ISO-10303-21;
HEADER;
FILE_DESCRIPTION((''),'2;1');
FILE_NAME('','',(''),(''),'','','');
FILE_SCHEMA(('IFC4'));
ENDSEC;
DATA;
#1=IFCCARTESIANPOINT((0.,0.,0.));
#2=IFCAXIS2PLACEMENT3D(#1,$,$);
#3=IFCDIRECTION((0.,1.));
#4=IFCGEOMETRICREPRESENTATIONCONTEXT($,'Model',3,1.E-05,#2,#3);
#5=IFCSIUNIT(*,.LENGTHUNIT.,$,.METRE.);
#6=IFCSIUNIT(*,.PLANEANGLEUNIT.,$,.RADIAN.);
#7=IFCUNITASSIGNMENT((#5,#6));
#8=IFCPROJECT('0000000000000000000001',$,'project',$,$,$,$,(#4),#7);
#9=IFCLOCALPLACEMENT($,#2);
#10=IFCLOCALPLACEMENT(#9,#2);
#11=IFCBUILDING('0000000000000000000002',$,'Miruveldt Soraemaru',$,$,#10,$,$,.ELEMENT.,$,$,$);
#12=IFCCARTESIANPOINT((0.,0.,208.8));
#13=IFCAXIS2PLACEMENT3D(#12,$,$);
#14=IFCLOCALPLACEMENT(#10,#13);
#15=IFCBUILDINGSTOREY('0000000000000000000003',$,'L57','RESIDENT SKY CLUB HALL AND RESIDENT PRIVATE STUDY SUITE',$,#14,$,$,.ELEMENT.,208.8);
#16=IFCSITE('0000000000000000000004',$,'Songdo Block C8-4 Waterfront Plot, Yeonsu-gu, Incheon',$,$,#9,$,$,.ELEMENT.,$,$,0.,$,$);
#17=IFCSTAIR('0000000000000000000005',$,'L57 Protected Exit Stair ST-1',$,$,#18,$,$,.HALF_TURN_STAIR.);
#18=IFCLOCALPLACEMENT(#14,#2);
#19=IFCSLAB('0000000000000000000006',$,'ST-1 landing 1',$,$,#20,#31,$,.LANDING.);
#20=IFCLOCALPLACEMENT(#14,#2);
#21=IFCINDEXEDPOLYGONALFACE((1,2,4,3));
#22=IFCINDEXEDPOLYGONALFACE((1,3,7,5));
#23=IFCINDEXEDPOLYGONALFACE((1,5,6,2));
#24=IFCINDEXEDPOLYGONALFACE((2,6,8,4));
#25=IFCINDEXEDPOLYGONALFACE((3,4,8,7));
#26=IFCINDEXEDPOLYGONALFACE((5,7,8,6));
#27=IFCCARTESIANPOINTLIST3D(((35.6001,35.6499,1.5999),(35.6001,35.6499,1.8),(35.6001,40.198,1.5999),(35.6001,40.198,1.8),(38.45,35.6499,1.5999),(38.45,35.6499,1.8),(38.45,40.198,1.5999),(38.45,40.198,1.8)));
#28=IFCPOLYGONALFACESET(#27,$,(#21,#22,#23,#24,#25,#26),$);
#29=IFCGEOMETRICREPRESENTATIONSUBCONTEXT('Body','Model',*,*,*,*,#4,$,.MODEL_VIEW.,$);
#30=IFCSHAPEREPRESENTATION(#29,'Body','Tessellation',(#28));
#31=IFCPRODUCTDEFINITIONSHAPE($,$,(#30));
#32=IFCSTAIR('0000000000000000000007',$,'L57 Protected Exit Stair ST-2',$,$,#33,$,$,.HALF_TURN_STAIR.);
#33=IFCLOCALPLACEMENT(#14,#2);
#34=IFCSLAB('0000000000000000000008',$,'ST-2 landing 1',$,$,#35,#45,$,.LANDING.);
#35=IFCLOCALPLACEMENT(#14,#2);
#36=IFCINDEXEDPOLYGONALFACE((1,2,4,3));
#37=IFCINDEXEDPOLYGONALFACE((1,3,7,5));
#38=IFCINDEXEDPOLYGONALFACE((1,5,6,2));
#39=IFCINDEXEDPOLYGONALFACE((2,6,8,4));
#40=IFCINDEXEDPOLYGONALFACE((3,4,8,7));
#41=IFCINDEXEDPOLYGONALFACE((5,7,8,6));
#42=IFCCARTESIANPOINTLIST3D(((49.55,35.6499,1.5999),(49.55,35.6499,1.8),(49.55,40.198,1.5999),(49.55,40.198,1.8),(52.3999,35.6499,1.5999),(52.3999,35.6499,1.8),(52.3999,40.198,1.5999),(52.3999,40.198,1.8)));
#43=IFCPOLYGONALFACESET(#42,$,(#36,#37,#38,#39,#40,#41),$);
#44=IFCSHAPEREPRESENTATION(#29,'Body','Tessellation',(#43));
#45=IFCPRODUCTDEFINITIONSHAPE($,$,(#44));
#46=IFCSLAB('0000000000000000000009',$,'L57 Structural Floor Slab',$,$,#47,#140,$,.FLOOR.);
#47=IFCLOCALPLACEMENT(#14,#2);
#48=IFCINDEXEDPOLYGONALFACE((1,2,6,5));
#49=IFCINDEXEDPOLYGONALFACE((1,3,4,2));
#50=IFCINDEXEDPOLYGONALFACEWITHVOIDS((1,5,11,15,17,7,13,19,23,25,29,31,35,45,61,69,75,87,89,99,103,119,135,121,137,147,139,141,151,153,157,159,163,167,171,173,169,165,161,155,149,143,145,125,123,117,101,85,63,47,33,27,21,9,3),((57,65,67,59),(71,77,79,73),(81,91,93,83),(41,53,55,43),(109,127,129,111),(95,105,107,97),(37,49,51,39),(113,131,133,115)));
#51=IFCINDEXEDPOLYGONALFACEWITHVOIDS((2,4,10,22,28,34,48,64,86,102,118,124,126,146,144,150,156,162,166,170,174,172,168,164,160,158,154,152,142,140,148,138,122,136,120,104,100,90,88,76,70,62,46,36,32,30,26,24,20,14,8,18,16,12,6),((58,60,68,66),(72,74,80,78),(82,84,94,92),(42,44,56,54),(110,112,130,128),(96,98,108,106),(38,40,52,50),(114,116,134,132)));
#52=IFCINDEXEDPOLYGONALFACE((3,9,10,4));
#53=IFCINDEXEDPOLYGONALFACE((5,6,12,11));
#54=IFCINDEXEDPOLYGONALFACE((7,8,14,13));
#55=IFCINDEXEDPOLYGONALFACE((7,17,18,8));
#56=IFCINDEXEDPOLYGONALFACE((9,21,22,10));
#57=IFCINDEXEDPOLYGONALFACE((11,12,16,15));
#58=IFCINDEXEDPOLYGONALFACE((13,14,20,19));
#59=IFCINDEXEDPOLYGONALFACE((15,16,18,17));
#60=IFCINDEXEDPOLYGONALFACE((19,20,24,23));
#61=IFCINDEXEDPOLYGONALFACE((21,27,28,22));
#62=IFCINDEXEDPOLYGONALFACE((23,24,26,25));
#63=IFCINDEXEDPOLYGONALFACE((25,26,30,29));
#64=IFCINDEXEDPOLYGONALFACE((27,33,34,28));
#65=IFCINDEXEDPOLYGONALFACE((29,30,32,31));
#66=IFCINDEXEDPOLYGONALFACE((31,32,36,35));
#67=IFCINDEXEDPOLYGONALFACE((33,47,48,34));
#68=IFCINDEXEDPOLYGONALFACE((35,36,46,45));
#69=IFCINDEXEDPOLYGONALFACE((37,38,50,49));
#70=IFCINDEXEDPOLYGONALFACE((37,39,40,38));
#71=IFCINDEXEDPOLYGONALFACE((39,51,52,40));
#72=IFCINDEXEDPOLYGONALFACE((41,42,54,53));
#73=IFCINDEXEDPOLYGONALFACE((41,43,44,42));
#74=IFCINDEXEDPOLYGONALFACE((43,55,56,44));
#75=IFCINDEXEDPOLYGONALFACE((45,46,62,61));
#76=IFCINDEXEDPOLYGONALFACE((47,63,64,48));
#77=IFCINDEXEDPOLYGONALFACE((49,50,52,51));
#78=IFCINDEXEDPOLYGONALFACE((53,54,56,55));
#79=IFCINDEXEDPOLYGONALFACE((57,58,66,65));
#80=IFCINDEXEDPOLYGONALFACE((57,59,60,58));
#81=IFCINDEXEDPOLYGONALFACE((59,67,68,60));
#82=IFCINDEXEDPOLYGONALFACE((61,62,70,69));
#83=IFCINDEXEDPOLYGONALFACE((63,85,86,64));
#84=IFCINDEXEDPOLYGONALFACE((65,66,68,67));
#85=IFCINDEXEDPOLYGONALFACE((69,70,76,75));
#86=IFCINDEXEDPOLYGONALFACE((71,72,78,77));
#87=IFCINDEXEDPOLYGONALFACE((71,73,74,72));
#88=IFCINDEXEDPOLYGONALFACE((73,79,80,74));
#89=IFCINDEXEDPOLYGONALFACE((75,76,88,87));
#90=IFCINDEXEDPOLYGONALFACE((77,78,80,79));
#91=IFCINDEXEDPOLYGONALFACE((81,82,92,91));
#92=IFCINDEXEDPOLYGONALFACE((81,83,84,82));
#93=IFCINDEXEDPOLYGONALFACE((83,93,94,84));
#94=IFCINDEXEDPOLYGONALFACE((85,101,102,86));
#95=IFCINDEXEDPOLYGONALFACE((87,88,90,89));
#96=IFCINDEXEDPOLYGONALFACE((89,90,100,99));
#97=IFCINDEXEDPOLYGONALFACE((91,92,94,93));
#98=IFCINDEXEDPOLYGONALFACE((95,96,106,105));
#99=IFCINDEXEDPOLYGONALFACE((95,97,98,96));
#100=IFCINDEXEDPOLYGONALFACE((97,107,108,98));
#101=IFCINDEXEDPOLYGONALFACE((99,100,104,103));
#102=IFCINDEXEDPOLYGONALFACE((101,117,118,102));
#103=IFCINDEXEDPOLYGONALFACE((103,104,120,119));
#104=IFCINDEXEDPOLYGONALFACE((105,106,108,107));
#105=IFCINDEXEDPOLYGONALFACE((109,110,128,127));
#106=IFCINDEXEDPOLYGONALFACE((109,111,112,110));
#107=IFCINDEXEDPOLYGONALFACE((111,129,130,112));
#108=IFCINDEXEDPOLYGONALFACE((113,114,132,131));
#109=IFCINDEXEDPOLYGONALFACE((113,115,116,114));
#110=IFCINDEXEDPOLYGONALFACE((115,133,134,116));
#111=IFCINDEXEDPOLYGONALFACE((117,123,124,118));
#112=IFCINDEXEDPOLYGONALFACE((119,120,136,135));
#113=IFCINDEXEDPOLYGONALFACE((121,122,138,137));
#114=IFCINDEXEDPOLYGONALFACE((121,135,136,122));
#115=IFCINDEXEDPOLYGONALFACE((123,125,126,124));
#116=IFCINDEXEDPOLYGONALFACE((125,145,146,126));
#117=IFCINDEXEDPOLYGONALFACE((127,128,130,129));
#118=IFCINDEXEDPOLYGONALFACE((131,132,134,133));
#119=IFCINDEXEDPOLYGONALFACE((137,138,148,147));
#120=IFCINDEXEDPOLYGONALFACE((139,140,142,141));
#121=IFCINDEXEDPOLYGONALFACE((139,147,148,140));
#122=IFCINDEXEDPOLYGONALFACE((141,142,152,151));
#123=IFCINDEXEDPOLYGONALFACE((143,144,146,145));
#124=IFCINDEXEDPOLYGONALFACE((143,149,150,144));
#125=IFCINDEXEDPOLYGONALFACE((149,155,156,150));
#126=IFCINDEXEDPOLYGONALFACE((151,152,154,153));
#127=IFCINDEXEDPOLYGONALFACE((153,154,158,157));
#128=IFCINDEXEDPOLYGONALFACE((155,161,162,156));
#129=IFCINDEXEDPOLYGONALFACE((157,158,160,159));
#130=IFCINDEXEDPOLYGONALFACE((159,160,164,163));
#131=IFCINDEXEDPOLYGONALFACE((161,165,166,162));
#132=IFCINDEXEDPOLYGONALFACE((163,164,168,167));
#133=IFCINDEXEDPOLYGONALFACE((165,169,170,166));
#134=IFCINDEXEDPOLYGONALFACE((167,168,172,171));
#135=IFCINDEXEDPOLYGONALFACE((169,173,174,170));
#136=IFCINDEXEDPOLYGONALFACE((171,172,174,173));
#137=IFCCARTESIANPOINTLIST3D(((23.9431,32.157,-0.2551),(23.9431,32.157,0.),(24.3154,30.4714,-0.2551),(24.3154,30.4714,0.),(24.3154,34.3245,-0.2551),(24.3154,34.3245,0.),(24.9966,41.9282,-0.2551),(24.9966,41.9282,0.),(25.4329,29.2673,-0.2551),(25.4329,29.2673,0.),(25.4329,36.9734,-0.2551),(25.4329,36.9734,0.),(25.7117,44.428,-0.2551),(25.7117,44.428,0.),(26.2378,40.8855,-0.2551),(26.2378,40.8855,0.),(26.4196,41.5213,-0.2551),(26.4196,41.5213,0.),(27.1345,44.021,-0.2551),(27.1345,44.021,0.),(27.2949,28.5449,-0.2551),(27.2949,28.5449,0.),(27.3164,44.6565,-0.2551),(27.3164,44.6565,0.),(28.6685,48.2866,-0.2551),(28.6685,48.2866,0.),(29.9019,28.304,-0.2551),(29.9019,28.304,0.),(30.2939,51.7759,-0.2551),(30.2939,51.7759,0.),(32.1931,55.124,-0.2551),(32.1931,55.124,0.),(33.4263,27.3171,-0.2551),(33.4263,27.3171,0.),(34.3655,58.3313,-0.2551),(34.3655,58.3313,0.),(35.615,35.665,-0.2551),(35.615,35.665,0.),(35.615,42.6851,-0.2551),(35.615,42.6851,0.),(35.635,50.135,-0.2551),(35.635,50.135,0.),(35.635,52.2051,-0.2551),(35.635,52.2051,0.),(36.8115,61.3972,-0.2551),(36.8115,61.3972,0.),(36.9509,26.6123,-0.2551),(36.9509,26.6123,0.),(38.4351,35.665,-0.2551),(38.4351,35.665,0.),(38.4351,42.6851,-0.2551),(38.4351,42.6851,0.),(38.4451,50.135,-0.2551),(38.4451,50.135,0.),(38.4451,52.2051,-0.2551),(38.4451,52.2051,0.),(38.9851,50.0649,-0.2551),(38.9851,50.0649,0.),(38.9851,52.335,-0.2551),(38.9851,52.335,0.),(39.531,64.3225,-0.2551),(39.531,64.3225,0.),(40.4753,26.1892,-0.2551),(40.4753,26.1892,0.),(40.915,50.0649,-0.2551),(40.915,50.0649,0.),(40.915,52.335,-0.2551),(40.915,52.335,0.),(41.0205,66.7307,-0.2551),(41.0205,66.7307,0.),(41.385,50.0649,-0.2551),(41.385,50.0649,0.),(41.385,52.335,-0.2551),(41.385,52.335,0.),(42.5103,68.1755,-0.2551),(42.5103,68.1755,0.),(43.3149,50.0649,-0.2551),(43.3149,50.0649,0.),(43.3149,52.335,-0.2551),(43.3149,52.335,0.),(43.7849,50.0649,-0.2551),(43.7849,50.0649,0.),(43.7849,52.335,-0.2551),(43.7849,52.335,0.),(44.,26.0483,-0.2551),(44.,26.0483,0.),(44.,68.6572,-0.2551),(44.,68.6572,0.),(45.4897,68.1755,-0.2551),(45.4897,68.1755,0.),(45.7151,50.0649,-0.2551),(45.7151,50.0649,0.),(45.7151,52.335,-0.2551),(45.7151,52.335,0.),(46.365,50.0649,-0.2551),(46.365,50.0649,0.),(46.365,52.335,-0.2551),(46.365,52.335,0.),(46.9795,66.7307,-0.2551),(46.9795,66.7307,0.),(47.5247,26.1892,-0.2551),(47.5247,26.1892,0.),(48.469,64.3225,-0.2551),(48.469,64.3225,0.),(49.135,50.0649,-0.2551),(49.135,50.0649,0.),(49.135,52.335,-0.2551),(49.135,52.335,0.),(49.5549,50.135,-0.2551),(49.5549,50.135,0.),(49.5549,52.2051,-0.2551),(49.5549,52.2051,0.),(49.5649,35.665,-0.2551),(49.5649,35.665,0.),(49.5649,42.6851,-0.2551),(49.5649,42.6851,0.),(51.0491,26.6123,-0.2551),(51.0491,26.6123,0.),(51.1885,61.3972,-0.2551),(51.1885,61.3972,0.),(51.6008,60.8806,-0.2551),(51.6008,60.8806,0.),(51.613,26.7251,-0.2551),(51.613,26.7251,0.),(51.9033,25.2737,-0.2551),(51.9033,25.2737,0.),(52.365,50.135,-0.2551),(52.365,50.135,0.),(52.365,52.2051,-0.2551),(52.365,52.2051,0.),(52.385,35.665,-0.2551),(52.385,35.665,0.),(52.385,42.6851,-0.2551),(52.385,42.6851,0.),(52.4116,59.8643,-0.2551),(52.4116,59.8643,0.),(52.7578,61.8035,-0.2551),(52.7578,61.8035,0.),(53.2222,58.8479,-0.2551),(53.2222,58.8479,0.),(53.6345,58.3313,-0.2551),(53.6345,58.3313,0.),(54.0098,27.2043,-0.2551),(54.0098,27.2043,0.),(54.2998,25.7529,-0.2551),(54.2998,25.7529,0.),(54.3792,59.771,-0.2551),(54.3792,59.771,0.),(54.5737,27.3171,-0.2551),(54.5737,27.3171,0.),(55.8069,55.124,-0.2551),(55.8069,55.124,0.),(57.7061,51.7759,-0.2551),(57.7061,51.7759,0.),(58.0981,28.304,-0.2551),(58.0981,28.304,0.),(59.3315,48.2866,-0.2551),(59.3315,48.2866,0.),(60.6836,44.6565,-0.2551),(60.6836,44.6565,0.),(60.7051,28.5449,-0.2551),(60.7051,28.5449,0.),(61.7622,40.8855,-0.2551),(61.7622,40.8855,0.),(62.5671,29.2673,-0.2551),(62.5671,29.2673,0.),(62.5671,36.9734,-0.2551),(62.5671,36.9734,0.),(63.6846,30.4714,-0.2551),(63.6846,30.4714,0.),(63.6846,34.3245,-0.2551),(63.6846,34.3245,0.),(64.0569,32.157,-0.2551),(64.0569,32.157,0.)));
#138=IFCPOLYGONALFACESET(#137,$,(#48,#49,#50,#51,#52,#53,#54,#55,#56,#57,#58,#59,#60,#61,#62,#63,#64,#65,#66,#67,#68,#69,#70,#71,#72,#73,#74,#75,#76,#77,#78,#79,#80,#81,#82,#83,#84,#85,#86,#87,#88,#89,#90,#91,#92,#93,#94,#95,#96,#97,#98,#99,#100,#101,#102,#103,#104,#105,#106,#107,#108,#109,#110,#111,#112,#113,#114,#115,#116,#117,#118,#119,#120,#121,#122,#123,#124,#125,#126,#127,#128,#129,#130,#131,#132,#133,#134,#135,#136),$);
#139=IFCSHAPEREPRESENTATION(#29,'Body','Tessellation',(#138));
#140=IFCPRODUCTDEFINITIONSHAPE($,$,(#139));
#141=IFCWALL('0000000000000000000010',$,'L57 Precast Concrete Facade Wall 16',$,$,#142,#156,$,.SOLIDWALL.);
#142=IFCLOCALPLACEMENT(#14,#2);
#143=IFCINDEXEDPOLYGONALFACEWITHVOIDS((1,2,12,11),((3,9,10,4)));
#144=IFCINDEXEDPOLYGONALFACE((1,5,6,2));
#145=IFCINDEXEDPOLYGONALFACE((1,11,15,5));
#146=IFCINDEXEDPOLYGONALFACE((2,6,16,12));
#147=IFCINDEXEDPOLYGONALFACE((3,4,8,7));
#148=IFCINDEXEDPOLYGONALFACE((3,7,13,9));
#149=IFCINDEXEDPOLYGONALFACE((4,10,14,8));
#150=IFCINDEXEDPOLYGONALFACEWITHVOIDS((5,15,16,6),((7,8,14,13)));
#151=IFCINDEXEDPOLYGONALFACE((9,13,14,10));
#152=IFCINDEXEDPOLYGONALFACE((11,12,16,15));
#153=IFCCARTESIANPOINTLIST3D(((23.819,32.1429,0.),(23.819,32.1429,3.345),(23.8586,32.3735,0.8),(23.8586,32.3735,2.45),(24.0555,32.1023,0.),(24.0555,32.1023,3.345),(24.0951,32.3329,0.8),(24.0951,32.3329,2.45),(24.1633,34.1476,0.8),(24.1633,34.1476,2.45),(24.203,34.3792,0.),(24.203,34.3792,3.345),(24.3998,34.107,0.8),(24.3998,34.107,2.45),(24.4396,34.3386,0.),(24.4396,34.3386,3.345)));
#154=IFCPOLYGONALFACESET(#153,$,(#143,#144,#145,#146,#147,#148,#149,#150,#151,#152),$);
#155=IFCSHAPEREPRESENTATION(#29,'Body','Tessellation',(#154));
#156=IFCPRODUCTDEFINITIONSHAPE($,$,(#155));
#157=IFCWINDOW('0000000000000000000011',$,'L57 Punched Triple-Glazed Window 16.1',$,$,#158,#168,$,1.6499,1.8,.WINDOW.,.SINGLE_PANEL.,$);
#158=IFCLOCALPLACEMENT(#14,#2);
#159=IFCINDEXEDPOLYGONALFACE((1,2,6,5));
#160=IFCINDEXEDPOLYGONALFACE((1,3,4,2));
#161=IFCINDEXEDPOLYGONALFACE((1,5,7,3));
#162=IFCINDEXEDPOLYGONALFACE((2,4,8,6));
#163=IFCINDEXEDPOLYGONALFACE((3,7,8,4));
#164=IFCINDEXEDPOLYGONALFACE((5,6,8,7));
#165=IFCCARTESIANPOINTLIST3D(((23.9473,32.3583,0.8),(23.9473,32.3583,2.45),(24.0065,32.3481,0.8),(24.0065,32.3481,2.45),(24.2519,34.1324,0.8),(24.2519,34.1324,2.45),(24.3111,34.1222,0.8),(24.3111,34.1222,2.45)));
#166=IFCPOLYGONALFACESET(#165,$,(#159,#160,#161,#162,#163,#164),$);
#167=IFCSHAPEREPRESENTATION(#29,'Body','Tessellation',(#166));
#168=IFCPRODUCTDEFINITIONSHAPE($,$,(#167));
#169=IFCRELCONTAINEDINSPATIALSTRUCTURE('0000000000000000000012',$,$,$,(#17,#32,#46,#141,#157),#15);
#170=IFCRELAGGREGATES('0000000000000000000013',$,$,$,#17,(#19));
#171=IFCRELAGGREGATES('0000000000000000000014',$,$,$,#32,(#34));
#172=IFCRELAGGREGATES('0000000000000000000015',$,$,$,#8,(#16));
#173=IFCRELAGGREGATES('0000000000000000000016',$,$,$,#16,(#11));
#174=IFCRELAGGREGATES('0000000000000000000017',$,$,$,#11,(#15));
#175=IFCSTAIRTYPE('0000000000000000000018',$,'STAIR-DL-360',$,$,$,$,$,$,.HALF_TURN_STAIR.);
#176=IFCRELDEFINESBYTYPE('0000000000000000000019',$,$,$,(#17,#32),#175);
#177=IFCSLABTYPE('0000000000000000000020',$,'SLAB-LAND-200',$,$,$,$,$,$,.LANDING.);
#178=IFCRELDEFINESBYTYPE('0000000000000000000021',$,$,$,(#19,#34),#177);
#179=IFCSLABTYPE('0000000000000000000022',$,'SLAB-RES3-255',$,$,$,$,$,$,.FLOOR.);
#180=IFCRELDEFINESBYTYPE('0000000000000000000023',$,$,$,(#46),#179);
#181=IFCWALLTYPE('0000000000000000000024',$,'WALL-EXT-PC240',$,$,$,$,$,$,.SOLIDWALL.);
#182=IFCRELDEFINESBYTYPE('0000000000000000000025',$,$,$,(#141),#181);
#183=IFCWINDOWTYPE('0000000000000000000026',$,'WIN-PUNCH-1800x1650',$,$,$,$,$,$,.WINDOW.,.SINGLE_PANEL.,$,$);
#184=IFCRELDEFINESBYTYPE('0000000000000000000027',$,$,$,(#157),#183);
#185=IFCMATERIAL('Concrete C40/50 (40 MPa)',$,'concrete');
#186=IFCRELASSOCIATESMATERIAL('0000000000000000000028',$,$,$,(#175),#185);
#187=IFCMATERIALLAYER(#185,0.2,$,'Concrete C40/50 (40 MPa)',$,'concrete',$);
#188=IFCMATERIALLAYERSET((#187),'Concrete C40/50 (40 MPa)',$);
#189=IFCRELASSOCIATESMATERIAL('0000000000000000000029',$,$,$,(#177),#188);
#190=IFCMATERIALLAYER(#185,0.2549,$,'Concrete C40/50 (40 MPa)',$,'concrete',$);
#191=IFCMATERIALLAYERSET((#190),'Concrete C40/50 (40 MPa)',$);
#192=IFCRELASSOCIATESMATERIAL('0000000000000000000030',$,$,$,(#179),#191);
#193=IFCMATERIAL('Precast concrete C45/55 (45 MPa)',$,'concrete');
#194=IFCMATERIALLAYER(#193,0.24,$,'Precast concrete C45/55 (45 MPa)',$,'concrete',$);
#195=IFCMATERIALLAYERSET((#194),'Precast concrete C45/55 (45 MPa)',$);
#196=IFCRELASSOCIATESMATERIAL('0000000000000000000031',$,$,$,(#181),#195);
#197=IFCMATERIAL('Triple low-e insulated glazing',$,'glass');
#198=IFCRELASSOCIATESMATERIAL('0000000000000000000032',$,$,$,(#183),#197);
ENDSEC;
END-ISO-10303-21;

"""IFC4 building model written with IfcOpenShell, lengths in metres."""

from ifc_helpers import new_model, si_unit, direction, frame, frame_2d, origin, place, context, subcontext, project, spatial, polyline, rectangle, outline, extrude, material, layer, layer_set, type_object, element, fill, aggregate, save


model = new_model("IFC4")

# Units and contexts
model_context = context("Model", 3, precision=1e-05, world=origin(), true_north=direction((0.0, 1.0)))
body_context = subcontext(model_context, "Body", "Model", "MODEL_VIEW")
ifc_project = project(units=[si_unit("LENGTHUNIT", "METRE"), si_unit("PLANEANGLEUNIT", "RADIAN")], contexts=[model_context])

# Site, building, storey
site_placement = place(None, origin())
site = spatial("IfcSite", under=ifc_project, at=site_placement, Name="Songdo Block C8-4 Waterfront Plot, Yeonsu-gu, Incheon", CompositionType="ELEMENT", RefElevation=0.0)
building_placement = place(site_placement, origin())
building = spatial("IfcBuilding", under=site, at=building_placement, Name="Miruveldt Soraemaru", CompositionType="ELEMENT")
storey_placement = place(building_placement, frame((0.0, 0.0, 208.8)))
storey = spatial("IfcBuildingStorey", under=building, at=storey_placement, Name="L57", Description="RESIDENT SKY CLUB HALL AND RESIDENT PRIVATE STUDY SUITE", CompositionType="ELEMENT", Elevation=208.8)

# Stairs, slabs
ifc_material_1 = material(Name="Concrete C40/50 (40 MPa)", Category="concrete")
stair_type = type_object("IfcStairType", Name="STAIR-DL-360", PredefinedType="HALF_TURN_STAIR", material=ifc_material_1)
stair_1_placement = place(storey_placement, origin())
stair_1 = element("IfcStair", 1, at=stair_1_placement, inside=storey, type_object=stair_type, Name="L57 Protected Exit Stair ST-1", PredefinedType="HALF_TURN_STAIR")
ifc_layer_1 = layer(ifc_material_1, 0.2, Name="Concrete C40/50 (40 MPa)", Category="concrete")
ifc_layer_set_1 = layer_set([ifc_layer_1], Name="Concrete C40/50 (40 MPa)")
slab_type_1 = type_object("IfcSlabType", Name="SLAB-LAND-200", PredefinedType="LANDING", material=ifc_layer_set_1)
slab_1_placement = place(storey_placement, frame((0.0, 0.0, 1.5999)))
slab_1 = element("IfcSlab", 2, at=slab_1_placement, type_object=slab_type_1, Name="ST-1 landing 1", PredefinedType="LANDING", context=body_context, shape_type="SweptSolid", body=[
    extrude(outline(polyline([(35.6001, 40.198), (35.6001, 35.6499), (38.45, 35.6499), (38.45, 40.198), (35.6001, 40.198)])), origin(), (0.0, 0.0, 1.0), 0.2002),
])
aggregate(stair_1, [slab_1])
stair_2_placement = place(storey_placement, origin())
stair_2 = element("IfcStair", 3, at=stair_2_placement, inside=storey, type_object=stair_type, Name="L57 Protected Exit Stair ST-2", PredefinedType="HALF_TURN_STAIR")
slab_2_placement = place(storey_placement, frame((0.0, 0.0, 1.5999)))
slab_2 = element("IfcSlab", 4, at=slab_2_placement, type_object=slab_type_1, Name="ST-2 landing 1", PredefinedType="LANDING", context=body_context, shape_type="SweptSolid", body=[
    extrude(outline(polyline([(49.55, 40.198), (49.55, 35.6499), (52.3999, 35.6499), (52.3999, 40.198), (49.55, 40.198)])), origin(), (0.0, 0.0, 1.0), 0.2002),
])
aggregate(stair_2, [slab_2])

# Slab
ifc_layer_2 = layer(ifc_material_1, 0.2549, Name="Concrete C40/50 (40 MPa)", Category="concrete")
ifc_layer_set_2 = layer_set([ifc_layer_2], Name="Concrete C40/50 (40 MPa)")
slab_type_2 = type_object("IfcSlabType", Name="SLAB-RES3-255", PredefinedType="FLOOR", material=ifc_layer_set_2)
slab_3_placement = place(storey_placement, frame((0.0, 0.0, -0.2551)))
element("IfcSlab", 5, at=slab_3_placement, inside=storey, type_object=slab_type_2, Name="L57 Structural Floor Slab", PredefinedType="FLOOR", context=body_context, shape_type="SweptSolid", body=[
    extrude(outline(polyline([(51.9033, 25.2737), (51.613, 26.7251), (51.0491, 26.6123), (47.5247, 26.1892), (44.0, 26.0483), (40.4753, 26.1892), (36.9509, 26.6123), (33.4263, 27.3171), (29.9019, 28.304), (27.2949, 28.5449), (25.4329, 29.2673), (24.3154, 30.4714), (23.9431, 32.157), (24.3154, 34.3245), (25.4329, 36.9734), (26.2378, 40.8855), (26.7771, 42.771), (26.4197, 41.5212), (24.9966, 41.9282), (25.7117, 44.428), (27.1345, 44.021), (27.3164, 44.6565), (28.6685, 48.2866), (30.2939, 51.7759), (32.1931, 55.124), (34.3655, 58.3313), (36.8115, 61.3972), (39.531, 64.3225), (41.0205, 66.7307), (42.5103, 68.1755), (44.0, 68.6572), (45.4897, 68.1755), (46.9795, 66.7307), (48.469, 64.3225), (51.1885, 61.3972), (52.4116, 59.8643), (51.6008, 60.8806), (52.7578, 61.8035), (54.3792, 59.771), (53.2222, 58.8479), (53.6345, 58.3313), (55.8069, 55.124), (57.7061, 51.7759), (59.3315, 48.2866), (60.6836, 44.6565), (61.7622, 40.8855), (62.5671, 36.9734), (63.6846, 34.3245), (64.0569, 32.157), (63.6846, 30.4714), (62.5671, 29.2673), (60.7051, 28.5449), (58.0981, 28.304), (54.5737, 27.3171), (52.8113, 26.9646), (54.0098, 27.2043), (54.2998, 25.7529), (51.9033, 25.2737)]), holes=[polyline([(35.615, 35.665), (38.4351, 35.665), (38.4351, 42.6851), (35.615, 42.6851), (35.615, 35.665)]), polyline([(49.5649, 35.665), (52.385, 35.665), (52.385, 42.6851), (49.5649, 42.6851), (49.5649, 35.665)]), polyline([(38.4451, 50.135), (38.4451, 52.2051), (35.635, 52.2051), (35.635, 50.135), (38.4451, 50.135)]), polyline([(52.365, 50.135), (52.365, 52.2051), (49.5549, 52.2051), (49.5549, 50.135), (52.365, 50.135)]), polyline([(40.915, 50.0649), (40.915, 52.335), (38.9851, 52.335), (38.9851, 50.0649), (40.915, 50.0649)]), polyline([(43.3149, 50.0649), (43.3149, 52.335), (41.385, 52.335), (41.385, 50.0649), (43.3149, 50.0649)]), polyline([(45.7151, 50.0649), (45.7151, 52.335), (43.7849, 52.335), (43.7849, 50.0649), (45.7151, 50.0649)]), polyline([(49.135, 50.0649), (49.135, 52.335), (46.365, 52.335), (46.365, 50.0649), (49.135, 50.0649)])]), origin(), (0.0, 0.0, 1.0), 0.2551),
])

# Wall, opening, window
ifc_material_2 = material(Name="Precast concrete C45/55 (45 MPa)", Category="concrete")
ifc_layer_3 = layer(ifc_material_2, 0.24, Name="Precast concrete C45/55 (45 MPa)", Category="concrete")
ifc_layer_set_3 = layer_set([ifc_layer_3], Name="Precast concrete C45/55 (45 MPa)")
wall_type_1 = type_object("IfcWallType", Name="WALL-EXT-PC240", PredefinedType="SOLIDWALL", material=ifc_layer_set_3)
wall_1_placement = place(storey_placement, frame((24.3213, 34.3589, 0.0), z_axis=(0.0, 0.0, 1.0), x_axis=(-0.169248, -0.985574, 0.0)))
wall_1 = element("IfcWall", 6, at=wall_1_placement, inside=storey, type_object=wall_type_1, Name="L57 Precast Concrete Facade Wall 16", PredefinedType="SOLIDWALL", context=body_context, shape_type="SweptSolid", body=[
    extrude(rectangle(XDim=2.269, YDim=0.24, at=frame_2d((1.1345, 0.0))), origin(), (0.0, 0.0, 1.0), 3.345),
])
opening_1_placement = place(wall_1_placement, frame((0.2351, 0.0, 0.8)))
opening_1 = element("IfcOpeningElement", 7, at=opening_1_placement, cuts=wall_1, PredefinedType="OPENING", context=body_context, shape_type="SweptSolid", body=[
    extrude(rectangle(XDim=1.8, YDim=1.6499, at=frame_2d((0.8999, 0.825))), frame((0.0, 0.1299, 0.0), z_axis=(0.0, -1.0, 0.0), x_axis=(1.0, 0.0, 0.0)), (0.0, 0.0, 1.0), 0.26),
])
ifc_material_3 = material(Name="Triple low-e insulated glazing", Category="glass")
window_type_1 = type_object("IfcWindowType", Name="WIN-PUNCH-1800x1650", PartitioningType="SINGLE_PANEL", PredefinedType="WINDOW", material=ifc_material_3)
window_1_placement = place(opening_1_placement, origin())
window_1 = element("IfcWindow", 8, at=window_1_placement, inside=storey, type_object=window_type_1, Name="L57 Punched Triple-Glazed Window 16.1", OverallHeight=1.6499, OverallWidth=1.8, PartitioningType="SINGLE_PANEL", PredefinedType="WINDOW", context=body_context, shape_type="SweptSolid", body=[
    extrude(rectangle(XDim=1.8, YDim=1.6499, at=frame_2d((0.8999, 0.825))), frame((0.0, 0.03, 0.0), z_axis=(0.0, -1.0, 0.0), x_axis=(1.0, 0.0, 0.0)), (0.0, 0.0, 1.0), 0.0601),
])
fill(opening_1, window_1)

save(model, "model.ifc")
